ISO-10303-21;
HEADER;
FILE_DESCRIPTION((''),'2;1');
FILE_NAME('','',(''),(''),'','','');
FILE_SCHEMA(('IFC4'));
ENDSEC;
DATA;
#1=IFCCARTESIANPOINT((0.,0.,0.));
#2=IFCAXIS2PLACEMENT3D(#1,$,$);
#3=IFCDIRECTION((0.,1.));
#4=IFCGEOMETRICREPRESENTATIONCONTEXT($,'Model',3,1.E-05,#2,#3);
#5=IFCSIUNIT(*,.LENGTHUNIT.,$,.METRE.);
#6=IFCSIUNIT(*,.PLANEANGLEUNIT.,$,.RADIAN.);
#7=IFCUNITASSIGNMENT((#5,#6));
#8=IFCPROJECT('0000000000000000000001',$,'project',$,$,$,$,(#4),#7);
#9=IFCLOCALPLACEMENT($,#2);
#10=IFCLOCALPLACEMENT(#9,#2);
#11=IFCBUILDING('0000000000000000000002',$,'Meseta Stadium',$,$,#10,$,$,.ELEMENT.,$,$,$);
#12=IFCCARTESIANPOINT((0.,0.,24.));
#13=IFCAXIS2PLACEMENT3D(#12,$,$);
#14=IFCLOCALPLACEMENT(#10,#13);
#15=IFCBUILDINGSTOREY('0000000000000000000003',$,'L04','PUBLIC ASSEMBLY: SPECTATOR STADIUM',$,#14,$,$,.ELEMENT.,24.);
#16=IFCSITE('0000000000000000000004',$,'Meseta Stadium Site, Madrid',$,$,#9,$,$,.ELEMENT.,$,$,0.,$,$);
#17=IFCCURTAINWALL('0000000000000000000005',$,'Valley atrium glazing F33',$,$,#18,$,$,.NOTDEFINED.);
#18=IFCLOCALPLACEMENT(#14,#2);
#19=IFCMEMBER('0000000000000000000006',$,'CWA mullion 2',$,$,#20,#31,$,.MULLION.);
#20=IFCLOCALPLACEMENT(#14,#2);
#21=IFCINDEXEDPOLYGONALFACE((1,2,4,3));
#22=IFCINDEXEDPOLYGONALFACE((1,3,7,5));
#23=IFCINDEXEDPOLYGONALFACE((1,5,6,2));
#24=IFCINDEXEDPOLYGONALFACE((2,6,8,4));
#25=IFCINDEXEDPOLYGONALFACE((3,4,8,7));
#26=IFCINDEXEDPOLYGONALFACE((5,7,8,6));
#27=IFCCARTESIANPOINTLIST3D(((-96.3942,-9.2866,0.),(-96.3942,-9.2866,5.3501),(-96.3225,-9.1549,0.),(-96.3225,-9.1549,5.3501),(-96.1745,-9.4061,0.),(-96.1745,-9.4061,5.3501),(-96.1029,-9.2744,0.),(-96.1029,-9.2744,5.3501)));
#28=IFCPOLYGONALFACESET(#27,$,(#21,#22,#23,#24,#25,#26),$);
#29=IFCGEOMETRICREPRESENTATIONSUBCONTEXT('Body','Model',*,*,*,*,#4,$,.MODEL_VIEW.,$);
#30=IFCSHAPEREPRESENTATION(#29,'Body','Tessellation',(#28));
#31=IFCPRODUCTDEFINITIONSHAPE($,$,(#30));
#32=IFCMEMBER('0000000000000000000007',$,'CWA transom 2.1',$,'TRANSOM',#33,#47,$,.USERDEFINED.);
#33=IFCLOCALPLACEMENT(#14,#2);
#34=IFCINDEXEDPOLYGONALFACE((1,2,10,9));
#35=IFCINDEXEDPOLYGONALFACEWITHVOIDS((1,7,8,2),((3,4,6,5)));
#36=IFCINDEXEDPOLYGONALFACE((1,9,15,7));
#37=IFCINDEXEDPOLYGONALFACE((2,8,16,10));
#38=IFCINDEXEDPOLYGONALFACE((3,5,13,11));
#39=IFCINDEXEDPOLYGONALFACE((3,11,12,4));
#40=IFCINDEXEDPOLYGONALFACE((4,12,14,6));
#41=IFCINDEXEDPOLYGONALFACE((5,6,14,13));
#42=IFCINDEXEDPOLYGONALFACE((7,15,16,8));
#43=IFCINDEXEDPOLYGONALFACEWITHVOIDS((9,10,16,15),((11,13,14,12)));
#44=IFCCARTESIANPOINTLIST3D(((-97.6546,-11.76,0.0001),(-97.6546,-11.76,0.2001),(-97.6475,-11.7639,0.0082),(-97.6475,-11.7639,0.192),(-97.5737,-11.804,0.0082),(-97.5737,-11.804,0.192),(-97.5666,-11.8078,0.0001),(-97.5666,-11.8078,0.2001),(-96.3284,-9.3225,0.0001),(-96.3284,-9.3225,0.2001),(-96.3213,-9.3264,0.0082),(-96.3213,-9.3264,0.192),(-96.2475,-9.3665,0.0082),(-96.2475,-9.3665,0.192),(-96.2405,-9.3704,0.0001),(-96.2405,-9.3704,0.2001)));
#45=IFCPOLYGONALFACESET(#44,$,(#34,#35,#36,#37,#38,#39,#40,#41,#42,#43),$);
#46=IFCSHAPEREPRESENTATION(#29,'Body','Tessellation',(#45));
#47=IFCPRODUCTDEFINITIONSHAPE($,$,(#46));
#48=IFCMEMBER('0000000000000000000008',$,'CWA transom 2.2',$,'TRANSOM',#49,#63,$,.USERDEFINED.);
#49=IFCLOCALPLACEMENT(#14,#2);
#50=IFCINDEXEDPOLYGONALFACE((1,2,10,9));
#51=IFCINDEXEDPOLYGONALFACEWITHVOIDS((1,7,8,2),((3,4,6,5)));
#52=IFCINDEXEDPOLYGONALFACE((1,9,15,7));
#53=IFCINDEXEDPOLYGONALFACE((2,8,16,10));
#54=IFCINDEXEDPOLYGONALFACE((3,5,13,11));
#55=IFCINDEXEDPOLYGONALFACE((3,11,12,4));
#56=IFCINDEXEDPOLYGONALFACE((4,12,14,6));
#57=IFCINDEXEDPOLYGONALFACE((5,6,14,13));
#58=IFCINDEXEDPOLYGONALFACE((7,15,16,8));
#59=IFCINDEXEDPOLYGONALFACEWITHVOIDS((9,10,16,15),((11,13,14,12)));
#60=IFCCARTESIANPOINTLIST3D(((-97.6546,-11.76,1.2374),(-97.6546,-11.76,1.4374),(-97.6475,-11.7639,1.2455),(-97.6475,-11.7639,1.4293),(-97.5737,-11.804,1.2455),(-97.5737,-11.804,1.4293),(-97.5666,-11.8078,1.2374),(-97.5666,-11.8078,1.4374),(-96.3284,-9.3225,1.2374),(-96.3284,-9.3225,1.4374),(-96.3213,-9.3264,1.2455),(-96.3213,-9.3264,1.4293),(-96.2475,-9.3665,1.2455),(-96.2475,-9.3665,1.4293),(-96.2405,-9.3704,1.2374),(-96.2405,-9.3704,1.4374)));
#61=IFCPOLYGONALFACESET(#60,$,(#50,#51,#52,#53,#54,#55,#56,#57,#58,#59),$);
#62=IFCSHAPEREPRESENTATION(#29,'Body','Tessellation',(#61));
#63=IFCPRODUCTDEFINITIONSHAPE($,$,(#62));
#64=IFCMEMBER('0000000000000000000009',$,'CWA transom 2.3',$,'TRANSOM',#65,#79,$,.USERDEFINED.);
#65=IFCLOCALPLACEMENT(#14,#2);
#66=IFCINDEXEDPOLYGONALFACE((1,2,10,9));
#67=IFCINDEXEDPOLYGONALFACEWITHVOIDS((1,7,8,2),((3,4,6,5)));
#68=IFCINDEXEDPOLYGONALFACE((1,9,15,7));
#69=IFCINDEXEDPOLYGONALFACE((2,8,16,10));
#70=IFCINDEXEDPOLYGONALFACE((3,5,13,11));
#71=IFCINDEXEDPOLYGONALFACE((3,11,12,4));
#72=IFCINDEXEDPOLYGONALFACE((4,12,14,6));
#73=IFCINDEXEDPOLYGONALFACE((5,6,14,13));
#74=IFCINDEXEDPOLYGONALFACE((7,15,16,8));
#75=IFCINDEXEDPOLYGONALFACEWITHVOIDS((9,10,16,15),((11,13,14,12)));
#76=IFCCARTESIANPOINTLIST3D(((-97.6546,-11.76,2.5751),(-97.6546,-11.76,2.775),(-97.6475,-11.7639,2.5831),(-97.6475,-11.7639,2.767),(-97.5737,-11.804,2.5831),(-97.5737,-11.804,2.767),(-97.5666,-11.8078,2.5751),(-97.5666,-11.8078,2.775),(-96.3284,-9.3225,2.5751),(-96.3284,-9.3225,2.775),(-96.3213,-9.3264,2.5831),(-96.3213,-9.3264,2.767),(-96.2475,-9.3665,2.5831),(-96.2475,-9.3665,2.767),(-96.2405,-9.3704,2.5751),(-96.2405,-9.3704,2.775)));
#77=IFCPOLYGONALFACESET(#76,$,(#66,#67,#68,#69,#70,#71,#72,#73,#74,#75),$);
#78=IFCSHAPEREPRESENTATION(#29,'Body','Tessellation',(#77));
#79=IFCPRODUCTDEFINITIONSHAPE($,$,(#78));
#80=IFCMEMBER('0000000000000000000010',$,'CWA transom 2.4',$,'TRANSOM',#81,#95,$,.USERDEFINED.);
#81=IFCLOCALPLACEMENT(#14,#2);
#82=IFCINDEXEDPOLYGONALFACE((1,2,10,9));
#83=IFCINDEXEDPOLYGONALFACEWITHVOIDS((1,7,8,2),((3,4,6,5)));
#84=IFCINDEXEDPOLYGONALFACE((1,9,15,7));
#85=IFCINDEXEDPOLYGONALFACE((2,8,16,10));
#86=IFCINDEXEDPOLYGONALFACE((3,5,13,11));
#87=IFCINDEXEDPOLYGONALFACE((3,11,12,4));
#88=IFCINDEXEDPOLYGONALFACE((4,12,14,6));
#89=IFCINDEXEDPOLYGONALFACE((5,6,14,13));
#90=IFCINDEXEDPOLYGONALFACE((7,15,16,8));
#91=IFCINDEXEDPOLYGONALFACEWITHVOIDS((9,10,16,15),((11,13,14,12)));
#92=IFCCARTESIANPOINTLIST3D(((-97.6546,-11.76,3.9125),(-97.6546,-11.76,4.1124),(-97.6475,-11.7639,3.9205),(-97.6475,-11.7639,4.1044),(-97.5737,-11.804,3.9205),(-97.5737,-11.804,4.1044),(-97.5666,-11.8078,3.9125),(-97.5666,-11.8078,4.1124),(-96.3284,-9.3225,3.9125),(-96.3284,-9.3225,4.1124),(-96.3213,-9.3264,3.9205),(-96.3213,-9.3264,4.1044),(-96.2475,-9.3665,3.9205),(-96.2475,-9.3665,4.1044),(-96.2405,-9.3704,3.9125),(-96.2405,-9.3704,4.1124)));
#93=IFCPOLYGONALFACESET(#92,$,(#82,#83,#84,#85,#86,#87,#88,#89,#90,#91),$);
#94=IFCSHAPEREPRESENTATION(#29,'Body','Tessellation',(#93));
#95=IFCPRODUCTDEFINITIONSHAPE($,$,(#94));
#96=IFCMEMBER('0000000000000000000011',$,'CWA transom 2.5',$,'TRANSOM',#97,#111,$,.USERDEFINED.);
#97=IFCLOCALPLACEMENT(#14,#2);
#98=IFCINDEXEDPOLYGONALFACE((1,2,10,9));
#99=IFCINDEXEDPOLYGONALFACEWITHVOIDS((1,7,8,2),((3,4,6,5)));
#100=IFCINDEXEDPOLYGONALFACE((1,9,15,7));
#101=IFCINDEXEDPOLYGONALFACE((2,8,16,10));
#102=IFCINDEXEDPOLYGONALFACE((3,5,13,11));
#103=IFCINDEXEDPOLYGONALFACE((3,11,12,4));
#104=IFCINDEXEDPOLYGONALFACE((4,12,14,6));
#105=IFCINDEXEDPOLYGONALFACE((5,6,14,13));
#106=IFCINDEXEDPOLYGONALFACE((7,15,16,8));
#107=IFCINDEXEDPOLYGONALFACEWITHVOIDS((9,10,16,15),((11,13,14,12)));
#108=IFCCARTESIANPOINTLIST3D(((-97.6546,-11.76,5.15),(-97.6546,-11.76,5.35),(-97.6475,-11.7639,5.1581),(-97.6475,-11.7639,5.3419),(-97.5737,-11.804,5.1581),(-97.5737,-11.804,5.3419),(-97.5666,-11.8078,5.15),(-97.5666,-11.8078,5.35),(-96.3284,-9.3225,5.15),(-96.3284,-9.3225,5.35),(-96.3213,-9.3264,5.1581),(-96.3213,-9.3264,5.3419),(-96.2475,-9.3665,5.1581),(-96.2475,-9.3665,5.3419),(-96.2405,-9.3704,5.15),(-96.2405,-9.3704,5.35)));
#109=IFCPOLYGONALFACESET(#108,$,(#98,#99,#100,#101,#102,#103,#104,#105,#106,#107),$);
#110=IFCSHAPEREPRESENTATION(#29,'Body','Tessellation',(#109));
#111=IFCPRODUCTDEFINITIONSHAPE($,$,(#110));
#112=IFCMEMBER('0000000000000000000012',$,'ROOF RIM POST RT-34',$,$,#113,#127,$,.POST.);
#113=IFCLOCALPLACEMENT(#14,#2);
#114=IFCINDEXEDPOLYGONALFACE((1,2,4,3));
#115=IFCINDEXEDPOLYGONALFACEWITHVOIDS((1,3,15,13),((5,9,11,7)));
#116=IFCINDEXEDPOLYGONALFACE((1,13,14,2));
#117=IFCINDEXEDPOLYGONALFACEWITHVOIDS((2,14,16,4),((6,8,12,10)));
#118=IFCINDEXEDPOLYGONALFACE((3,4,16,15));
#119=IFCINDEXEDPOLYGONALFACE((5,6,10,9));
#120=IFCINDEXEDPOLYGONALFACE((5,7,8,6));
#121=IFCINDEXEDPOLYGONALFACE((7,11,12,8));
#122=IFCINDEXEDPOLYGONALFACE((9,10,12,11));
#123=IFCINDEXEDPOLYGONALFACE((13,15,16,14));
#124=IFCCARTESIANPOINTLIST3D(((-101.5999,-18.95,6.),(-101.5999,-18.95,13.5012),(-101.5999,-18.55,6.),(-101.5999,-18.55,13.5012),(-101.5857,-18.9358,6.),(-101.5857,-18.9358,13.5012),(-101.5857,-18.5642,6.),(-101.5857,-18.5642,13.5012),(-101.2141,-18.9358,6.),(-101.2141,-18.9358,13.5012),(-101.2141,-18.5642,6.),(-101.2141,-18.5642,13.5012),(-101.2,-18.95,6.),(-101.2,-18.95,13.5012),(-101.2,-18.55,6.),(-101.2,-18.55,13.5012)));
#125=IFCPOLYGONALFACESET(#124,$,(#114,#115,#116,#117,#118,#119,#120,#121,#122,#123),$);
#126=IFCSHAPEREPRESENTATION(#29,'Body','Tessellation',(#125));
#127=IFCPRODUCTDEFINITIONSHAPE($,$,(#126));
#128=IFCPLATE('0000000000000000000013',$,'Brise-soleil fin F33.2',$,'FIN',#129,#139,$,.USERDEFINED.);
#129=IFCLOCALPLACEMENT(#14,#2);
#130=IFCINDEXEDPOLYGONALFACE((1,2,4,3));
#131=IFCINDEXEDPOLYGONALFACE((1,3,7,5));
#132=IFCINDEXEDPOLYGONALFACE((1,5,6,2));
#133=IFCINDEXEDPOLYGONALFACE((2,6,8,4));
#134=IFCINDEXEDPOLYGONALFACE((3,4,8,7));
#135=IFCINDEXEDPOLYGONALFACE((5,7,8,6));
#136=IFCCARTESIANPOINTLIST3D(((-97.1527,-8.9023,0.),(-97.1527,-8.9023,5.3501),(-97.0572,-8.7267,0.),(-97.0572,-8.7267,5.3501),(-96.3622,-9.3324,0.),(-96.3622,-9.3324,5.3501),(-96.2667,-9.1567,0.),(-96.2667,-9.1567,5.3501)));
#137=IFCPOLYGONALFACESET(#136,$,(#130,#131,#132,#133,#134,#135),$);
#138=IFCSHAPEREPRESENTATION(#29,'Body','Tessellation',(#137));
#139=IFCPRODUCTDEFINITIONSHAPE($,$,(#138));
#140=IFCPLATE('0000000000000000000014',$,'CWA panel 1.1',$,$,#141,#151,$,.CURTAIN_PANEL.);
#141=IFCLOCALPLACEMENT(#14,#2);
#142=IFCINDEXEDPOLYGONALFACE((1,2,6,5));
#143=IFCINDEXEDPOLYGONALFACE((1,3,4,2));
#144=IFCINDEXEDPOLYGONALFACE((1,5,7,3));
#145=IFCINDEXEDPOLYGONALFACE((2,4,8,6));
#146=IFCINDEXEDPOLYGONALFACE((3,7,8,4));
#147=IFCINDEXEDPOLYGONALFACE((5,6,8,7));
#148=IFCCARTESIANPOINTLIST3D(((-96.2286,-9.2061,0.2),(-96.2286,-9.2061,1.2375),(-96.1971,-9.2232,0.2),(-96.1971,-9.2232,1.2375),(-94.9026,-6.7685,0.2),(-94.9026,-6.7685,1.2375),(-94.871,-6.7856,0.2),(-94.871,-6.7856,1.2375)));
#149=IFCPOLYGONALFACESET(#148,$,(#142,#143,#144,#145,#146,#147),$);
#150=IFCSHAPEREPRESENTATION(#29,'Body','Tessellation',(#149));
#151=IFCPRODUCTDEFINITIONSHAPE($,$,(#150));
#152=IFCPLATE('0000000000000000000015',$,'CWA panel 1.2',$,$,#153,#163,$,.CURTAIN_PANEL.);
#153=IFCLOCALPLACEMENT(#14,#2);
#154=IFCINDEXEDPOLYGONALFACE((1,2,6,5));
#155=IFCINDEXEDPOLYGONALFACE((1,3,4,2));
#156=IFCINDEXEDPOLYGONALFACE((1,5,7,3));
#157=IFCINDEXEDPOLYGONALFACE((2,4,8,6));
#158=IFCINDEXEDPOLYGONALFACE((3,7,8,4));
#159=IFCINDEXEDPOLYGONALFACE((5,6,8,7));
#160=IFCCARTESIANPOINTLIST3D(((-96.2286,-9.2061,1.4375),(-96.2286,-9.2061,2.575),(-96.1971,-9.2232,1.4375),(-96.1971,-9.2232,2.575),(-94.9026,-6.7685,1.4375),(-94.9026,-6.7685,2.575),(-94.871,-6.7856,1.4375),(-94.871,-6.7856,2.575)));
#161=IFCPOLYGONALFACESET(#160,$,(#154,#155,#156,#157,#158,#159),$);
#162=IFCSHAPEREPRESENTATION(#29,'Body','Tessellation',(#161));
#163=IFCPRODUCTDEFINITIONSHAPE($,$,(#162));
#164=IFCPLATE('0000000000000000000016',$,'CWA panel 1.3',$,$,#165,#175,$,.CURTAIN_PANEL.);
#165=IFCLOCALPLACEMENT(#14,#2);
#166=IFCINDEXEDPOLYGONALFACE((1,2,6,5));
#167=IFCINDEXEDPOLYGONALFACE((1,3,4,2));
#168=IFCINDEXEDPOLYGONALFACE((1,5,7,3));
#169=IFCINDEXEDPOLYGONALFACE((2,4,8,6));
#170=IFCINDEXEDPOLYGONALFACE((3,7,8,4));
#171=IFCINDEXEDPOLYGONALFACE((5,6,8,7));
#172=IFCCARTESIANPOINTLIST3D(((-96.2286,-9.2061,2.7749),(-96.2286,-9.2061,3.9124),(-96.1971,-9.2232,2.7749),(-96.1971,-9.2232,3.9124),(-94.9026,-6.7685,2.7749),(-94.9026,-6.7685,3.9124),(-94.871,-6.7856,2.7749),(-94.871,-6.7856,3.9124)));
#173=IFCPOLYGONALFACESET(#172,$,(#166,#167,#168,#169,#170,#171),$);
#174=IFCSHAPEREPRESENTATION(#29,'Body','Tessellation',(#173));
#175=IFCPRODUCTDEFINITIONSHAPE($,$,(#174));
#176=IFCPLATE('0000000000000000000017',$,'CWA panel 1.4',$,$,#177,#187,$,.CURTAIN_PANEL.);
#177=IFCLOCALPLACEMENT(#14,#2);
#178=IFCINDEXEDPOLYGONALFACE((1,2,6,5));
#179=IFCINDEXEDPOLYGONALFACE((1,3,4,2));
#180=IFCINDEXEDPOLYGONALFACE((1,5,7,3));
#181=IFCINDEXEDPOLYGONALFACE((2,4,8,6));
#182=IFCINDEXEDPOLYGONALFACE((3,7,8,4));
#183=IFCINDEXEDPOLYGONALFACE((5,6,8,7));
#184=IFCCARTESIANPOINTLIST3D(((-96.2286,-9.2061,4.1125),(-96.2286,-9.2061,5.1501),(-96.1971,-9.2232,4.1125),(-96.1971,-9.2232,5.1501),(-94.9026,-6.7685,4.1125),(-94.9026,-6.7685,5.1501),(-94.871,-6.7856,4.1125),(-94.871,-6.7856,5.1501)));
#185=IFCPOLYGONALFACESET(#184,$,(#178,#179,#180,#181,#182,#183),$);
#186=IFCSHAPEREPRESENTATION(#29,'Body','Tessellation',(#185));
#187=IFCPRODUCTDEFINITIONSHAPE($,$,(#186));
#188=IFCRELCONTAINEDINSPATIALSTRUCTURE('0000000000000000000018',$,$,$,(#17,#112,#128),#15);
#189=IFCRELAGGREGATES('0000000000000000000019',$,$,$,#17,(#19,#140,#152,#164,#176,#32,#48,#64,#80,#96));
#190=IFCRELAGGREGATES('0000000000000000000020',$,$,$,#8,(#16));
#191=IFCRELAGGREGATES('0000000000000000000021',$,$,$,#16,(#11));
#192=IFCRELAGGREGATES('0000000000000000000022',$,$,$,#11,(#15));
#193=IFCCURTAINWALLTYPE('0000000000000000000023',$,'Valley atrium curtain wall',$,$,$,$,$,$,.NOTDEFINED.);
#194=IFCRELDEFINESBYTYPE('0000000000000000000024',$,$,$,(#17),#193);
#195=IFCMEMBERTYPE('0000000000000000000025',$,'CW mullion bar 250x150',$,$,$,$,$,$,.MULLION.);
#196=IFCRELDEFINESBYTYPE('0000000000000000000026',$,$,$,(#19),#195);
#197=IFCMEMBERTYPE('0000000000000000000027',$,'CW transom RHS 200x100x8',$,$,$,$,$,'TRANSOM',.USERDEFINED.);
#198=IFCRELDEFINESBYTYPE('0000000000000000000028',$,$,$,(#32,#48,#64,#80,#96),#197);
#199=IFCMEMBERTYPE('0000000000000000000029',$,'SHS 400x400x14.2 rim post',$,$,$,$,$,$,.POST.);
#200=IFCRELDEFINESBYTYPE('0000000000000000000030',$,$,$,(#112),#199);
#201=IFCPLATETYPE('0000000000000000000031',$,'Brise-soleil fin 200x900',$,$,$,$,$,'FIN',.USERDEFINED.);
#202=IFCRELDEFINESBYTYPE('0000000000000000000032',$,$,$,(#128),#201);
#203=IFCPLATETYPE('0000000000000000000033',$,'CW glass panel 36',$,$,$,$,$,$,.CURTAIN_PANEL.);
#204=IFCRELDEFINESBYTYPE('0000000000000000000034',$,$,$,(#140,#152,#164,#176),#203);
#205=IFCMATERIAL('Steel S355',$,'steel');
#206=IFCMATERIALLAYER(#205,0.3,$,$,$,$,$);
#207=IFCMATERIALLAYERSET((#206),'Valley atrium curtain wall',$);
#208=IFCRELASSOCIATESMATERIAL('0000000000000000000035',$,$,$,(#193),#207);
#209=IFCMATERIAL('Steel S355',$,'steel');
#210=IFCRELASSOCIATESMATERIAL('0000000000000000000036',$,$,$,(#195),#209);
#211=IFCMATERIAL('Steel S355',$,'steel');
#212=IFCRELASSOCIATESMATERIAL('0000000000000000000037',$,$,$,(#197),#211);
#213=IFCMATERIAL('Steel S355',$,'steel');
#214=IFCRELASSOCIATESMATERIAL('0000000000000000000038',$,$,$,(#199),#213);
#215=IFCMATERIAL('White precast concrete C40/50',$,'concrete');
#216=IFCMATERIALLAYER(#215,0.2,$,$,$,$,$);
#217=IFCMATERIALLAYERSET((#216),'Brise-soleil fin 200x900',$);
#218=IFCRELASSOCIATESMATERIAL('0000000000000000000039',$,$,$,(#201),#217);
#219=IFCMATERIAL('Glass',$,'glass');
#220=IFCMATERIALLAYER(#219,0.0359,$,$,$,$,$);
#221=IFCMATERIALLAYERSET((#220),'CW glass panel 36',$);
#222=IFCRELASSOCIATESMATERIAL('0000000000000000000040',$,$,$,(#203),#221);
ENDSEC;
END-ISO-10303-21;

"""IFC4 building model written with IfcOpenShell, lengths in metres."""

from ifc_helpers import new_model, si_unit, direction, frame, origin, origin_2d, place, context, subcontext, project, spatial, rectangle, hollow_rectangle, extrude, material, layer, layer_set, material_profile, profile_set, type_object, element, aggregate, save


model = new_model("IFC4")

# Units and contexts
model_context = context("Model", 3, precision=1e-05, world=origin(), true_north=direction((0.0, 1.0)))
body_context = subcontext(model_context, "Body", "Model", "MODEL_VIEW")
ifc_project = project(units=[si_unit("LENGTHUNIT", "METRE"), si_unit("PLANEANGLEUNIT", "RADIAN")], contexts=[model_context])

# Site, building, storey
site_placement = place(None, origin())
site = spatial("IfcSite", under=ifc_project, at=site_placement, Name="Meseta Stadium Site, Madrid", CompositionType="ELEMENT", RefElevation=0.0)
building_placement = place(site_placement, origin())
building = spatial("IfcBuilding", under=site, at=building_placement, Name="Meseta Stadium", CompositionType="ELEMENT")
storey_placement = place(building_placement, frame((0.0, 0.0, 24.0)))
storey = spatial("IfcBuildingStorey", under=building, at=storey_placement, Name="L04", Description="PUBLIC ASSEMBLY: SPECTATOR STADIUM", CompositionType="ELEMENT", Elevation=24.0)

# Curtain wall, members
ifc_material_1 = material(Name="Steel S355", Category="steel")
ifc_layer_1 = layer(ifc_material_1, 0.3)
ifc_layer_set_1 = layer_set([ifc_layer_1], Name="Valley atrium curtain wall")
curtain_wall_type = type_object("IfcCurtainWallType", Name="Valley atrium curtain wall", PredefinedType="NOTDEFINED", material=ifc_layer_set_1)
curtain_wall_placement = place(storey_placement, origin())
curtain_wall = element("IfcCurtainWall", 1, at=curtain_wall_placement, inside=storey, type_object=curtain_wall_type, Name="Valley atrium glazing F33", PredefinedType="NOTDEFINED")
ifc_material_2 = material(Name="Steel S355", Category="steel")
ifc_material_profile_1 = material_profile(ifc_material_2, rectangle(XDim=0.25, YDim=0.1499, at=origin_2d()), Name="CW 250x150")
ifc_profile_set_1 = profile_set([ifc_material_profile_1], Name="Steel S355")
member_type_1 = type_object("IfcMemberType", Name="CW mullion bar 250x150", PredefinedType="MULLION", material=ifc_profile_set_1)
member_1_placement = place(storey_placement, frame((-96.2485, -9.2805, 0.0), z_axis=(0.0, 0.0, 1.0), x_axis=(0.878432, -0.477867, 0.0)))
member_1 = element("IfcMember", 2, at=member_1_placement, type_object=member_type_1, Name="CWA mullion 2", PredefinedType="MULLION", context=body_context, shape_type="SweptSolid", body=[
    extrude(rectangle(XDim=0.25, YDim=0.1499, at=origin_2d()), origin(), (0.0, 0.0, 1.0), 5.3501),
])
ifc_material_3 = material(Name="Steel S355", Category="steel")
ifc_material_profile_2 = material_profile(ifc_material_3, hollow_rectangle(XDim=0.1001, YDim=0.2, WallThickness=0.0081, at=origin_2d()), Name="RHS 200x100x8")
ifc_profile_set_2 = profile_set([ifc_material_profile_2], Name="Steel S355")
member_type_2 = type_object("IfcMemberType", Name="CW transom RHS 200x100x8", ElementType="TRANSOM", PredefinedType="USERDEFINED", material=ifc_profile_set_2)
member_2_placement = place(storey_placement, frame((-96.2844, -9.3464, 0.1001), z_axis=(-0.477915, -0.878406, 0.0), x_axis=(0.878406, -0.477915, 0.0)))
member_2 = element("IfcMember", 3, at=member_2_placement, type_object=member_type_2, Name="CWA transom 2.1", ObjectType="TRANSOM", PredefinedType="USERDEFINED", context=body_context, shape_type="SweptSolid", body=[
    extrude(hollow_rectangle(XDim=0.1001, YDim=0.2, WallThickness=0.0081, at=origin_2d()), origin(), (0.0, 0.0, 1.0), 2.7749),
])
member_3_placement = place(storey_placement, frame((-96.2844, -9.3464, 1.3374), z_axis=(-0.477915, -0.878406, 0.0), x_axis=(0.878406, -0.477915, 0.0)))
member_3 = element("IfcMember", 4, at=member_3_placement, type_object=member_type_2, Name="CWA transom 2.2", ObjectType="TRANSOM", PredefinedType="USERDEFINED", context=body_context, shape_type="SweptSolid", body=[
    extrude(hollow_rectangle(XDim=0.1001, YDim=0.2, WallThickness=0.0081, at=origin_2d()), origin(), (0.0, 0.0, 1.0), 2.7749),
])
member_4_placement = place(storey_placement, frame((-96.2844, -9.3464, 2.675), z_axis=(-0.477915, -0.878406, 0.0), x_axis=(0.878406, -0.477915, 0.0)))
member_4 = element("IfcMember", 5, at=member_4_placement, type_object=member_type_2, Name="CWA transom 2.3", ObjectType="TRANSOM", PredefinedType="USERDEFINED", context=body_context, shape_type="SweptSolid", body=[
    extrude(hollow_rectangle(XDim=0.1001, YDim=0.2, WallThickness=0.0081, at=origin_2d()), origin(), (0.0, 0.0, 1.0), 2.7749),
])
member_5_placement = place(storey_placement, frame((-96.2844, -9.3464, 4.0125), z_axis=(-0.477915, -0.878406, 0.0), x_axis=(0.878406, -0.477915, 0.0)))
member_5 = element("IfcMember", 6, at=member_5_placement, type_object=member_type_2, Name="CWA transom 2.4", ObjectType="TRANSOM", PredefinedType="USERDEFINED", context=body_context, shape_type="SweptSolid", body=[
    extrude(hollow_rectangle(XDim=0.1001, YDim=0.2, WallThickness=0.0081, at=origin_2d()), origin(), (0.0, 0.0, 1.0), 2.7749),
])
member_6_placement = place(storey_placement, frame((-96.2844, -9.3464, 5.25), z_axis=(-0.477915, -0.878406, 0.0), x_axis=(0.878406, -0.477915, 0.0)))
member_6 = element("IfcMember", 7, at=member_6_placement, type_object=member_type_2, Name="CWA transom 2.5", ObjectType="TRANSOM", PredefinedType="USERDEFINED", context=body_context, shape_type="SweptSolid", body=[
    extrude(hollow_rectangle(XDim=0.1001, YDim=0.2, WallThickness=0.0081, at=origin_2d()), origin(), (0.0, 0.0, 1.0), 2.7749),
])

# Member
ifc_material_4 = material(Name="Steel S355", Category="steel")
ifc_material_profile_3 = material_profile(ifc_material_4, hollow_rectangle(XDim=0.3999, YDim=0.3999, WallThickness=0.0142, at=origin_2d()), Name="SHS 400x400x14.2")
ifc_profile_set_3 = profile_set([ifc_material_profile_3], Name="Steel S355")
member_type_3 = type_object("IfcMemberType", Name="SHS 400x400x14.2 rim post", PredefinedType="POST", material=ifc_profile_set_3)
member_7_placement = place(storey_placement, frame((-101.3999, -18.75, 6.0), z_axis=(0.0, 0.0, 1.0), x_axis=(1.0, 0.0, 0.0)))
element("IfcMember", 8, at=member_7_placement, inside=storey, type_object=member_type_3, Name="ROOF RIM POST RT-34", PredefinedType="POST", context=body_context, shape_type="SweptSolid", body=[
    extrude(hollow_rectangle(XDim=0.3999, YDim=0.3999, WallThickness=0.0142, at=origin_2d()), origin(), (0.0, 0.0, 1.0), 7.5012),
])

# Plates
ifc_material_5 = material(Name="White precast concrete C40/50", Category="concrete")
ifc_layer_2 = layer(ifc_material_5, 0.2)
ifc_layer_set_2 = layer_set([ifc_layer_2], Name="Brise-soleil fin 200x900")
plate_type_1 = type_object("IfcPlateType", Name="Brise-soleil fin 200x900", ElementType="FIN", PredefinedType="USERDEFINED", material=ifc_layer_set_2)
plate_1_placement = place(storey_placement, frame((-96.7097, -9.0295, 0.0), z_axis=(0.0, 0.0, 1.0), x_axis=(-0.477867, -0.878432, 0.0)))
element("IfcPlate", 9, at=plate_1_placement, inside=storey, type_object=plate_type_1, Name="Brise-soleil fin F33.2", ObjectType="FIN", PredefinedType="USERDEFINED", context=body_context, shape_type="SweptSolid", body=[
    extrude(rectangle(XDim=0.2, YDim=0.8999, at=origin_2d()), origin(), (0.0, 0.0, 1.0), 5.3501),
])
ifc_material_6 = material(Name="Glass", Category="glass")
ifc_layer_3 = layer(ifc_material_6, 0.0359)
ifc_layer_set_3 = layer_set([ifc_layer_3], Name="CW glass panel 36")
plate_type_2 = type_object("IfcPlateType", Name="CW glass panel 36", PredefinedType="CURTAIN_PANEL", material=ifc_layer_set_3)
plate_2_placement = place(storey_placement, frame((-95.5498, -7.9958, 0.2), z_axis=(0.0, 0.0, 1.0), x_axis=(-0.477867, -0.878432, 0.0)))
plate_2 = element("IfcPlate", 10, at=plate_2_placement, type_object=plate_type_2, Name="CWA panel 1.1", PredefinedType="CURTAIN_PANEL", context=body_context, shape_type="SweptSolid", body=[
    extrude(rectangle(XDim=2.7749, YDim=0.0359, at=origin_2d()), origin(), (0.0, 0.0, 1.0), 1.0376),
])
plate_3_placement = place(storey_placement, frame((-95.5498, -7.9958, 1.4375), z_axis=(0.0, 0.0, 1.0), x_axis=(-0.477867, -0.878432, 0.0)))
plate_3 = element("IfcPlate", 11, at=plate_3_placement, type_object=plate_type_2, Name="CWA panel 1.2", PredefinedType="CURTAIN_PANEL", context=body_context, shape_type="SweptSolid", body=[
    extrude(rectangle(XDim=2.7749, YDim=0.0359, at=origin_2d()), origin(), (0.0, 0.0, 1.0), 1.1375),
])
plate_4_placement = place(storey_placement, frame((-95.5498, -7.9958, 2.7749), z_axis=(0.0, 0.0, 1.0), x_axis=(-0.477867, -0.878432, 0.0)))
plate_4 = element("IfcPlate", 12, at=plate_4_placement, type_object=plate_type_2, Name="CWA panel 1.3", PredefinedType="CURTAIN_PANEL", context=body_context, shape_type="SweptSolid", body=[
    extrude(rectangle(XDim=2.7749, YDim=0.0359, at=origin_2d()), origin(), (0.0, 0.0, 1.0), 1.1375),
])
plate_5_placement = place(storey_placement, frame((-95.5498, -7.9958, 4.1125), z_axis=(0.0, 0.0, 1.0), x_axis=(-0.477867, -0.878432, 0.0)))
plate_5 = element("IfcPlate", 13, at=plate_5_placement, type_object=plate_type_2, Name="CWA panel 1.4", PredefinedType="CURTAIN_PANEL", context=body_context, shape_type="SweptSolid", body=[
    extrude(rectangle(XDim=2.7749, YDim=0.0359, at=origin_2d()), origin(), (0.0, 0.0, 1.0), 1.0376),
])
aggregate(curtain_wall, [member_1, plate_2, plate_3, plate_4, plate_5, member_2, member_3, member_4, member_5, member_6])

save(model, "model.ifc")
